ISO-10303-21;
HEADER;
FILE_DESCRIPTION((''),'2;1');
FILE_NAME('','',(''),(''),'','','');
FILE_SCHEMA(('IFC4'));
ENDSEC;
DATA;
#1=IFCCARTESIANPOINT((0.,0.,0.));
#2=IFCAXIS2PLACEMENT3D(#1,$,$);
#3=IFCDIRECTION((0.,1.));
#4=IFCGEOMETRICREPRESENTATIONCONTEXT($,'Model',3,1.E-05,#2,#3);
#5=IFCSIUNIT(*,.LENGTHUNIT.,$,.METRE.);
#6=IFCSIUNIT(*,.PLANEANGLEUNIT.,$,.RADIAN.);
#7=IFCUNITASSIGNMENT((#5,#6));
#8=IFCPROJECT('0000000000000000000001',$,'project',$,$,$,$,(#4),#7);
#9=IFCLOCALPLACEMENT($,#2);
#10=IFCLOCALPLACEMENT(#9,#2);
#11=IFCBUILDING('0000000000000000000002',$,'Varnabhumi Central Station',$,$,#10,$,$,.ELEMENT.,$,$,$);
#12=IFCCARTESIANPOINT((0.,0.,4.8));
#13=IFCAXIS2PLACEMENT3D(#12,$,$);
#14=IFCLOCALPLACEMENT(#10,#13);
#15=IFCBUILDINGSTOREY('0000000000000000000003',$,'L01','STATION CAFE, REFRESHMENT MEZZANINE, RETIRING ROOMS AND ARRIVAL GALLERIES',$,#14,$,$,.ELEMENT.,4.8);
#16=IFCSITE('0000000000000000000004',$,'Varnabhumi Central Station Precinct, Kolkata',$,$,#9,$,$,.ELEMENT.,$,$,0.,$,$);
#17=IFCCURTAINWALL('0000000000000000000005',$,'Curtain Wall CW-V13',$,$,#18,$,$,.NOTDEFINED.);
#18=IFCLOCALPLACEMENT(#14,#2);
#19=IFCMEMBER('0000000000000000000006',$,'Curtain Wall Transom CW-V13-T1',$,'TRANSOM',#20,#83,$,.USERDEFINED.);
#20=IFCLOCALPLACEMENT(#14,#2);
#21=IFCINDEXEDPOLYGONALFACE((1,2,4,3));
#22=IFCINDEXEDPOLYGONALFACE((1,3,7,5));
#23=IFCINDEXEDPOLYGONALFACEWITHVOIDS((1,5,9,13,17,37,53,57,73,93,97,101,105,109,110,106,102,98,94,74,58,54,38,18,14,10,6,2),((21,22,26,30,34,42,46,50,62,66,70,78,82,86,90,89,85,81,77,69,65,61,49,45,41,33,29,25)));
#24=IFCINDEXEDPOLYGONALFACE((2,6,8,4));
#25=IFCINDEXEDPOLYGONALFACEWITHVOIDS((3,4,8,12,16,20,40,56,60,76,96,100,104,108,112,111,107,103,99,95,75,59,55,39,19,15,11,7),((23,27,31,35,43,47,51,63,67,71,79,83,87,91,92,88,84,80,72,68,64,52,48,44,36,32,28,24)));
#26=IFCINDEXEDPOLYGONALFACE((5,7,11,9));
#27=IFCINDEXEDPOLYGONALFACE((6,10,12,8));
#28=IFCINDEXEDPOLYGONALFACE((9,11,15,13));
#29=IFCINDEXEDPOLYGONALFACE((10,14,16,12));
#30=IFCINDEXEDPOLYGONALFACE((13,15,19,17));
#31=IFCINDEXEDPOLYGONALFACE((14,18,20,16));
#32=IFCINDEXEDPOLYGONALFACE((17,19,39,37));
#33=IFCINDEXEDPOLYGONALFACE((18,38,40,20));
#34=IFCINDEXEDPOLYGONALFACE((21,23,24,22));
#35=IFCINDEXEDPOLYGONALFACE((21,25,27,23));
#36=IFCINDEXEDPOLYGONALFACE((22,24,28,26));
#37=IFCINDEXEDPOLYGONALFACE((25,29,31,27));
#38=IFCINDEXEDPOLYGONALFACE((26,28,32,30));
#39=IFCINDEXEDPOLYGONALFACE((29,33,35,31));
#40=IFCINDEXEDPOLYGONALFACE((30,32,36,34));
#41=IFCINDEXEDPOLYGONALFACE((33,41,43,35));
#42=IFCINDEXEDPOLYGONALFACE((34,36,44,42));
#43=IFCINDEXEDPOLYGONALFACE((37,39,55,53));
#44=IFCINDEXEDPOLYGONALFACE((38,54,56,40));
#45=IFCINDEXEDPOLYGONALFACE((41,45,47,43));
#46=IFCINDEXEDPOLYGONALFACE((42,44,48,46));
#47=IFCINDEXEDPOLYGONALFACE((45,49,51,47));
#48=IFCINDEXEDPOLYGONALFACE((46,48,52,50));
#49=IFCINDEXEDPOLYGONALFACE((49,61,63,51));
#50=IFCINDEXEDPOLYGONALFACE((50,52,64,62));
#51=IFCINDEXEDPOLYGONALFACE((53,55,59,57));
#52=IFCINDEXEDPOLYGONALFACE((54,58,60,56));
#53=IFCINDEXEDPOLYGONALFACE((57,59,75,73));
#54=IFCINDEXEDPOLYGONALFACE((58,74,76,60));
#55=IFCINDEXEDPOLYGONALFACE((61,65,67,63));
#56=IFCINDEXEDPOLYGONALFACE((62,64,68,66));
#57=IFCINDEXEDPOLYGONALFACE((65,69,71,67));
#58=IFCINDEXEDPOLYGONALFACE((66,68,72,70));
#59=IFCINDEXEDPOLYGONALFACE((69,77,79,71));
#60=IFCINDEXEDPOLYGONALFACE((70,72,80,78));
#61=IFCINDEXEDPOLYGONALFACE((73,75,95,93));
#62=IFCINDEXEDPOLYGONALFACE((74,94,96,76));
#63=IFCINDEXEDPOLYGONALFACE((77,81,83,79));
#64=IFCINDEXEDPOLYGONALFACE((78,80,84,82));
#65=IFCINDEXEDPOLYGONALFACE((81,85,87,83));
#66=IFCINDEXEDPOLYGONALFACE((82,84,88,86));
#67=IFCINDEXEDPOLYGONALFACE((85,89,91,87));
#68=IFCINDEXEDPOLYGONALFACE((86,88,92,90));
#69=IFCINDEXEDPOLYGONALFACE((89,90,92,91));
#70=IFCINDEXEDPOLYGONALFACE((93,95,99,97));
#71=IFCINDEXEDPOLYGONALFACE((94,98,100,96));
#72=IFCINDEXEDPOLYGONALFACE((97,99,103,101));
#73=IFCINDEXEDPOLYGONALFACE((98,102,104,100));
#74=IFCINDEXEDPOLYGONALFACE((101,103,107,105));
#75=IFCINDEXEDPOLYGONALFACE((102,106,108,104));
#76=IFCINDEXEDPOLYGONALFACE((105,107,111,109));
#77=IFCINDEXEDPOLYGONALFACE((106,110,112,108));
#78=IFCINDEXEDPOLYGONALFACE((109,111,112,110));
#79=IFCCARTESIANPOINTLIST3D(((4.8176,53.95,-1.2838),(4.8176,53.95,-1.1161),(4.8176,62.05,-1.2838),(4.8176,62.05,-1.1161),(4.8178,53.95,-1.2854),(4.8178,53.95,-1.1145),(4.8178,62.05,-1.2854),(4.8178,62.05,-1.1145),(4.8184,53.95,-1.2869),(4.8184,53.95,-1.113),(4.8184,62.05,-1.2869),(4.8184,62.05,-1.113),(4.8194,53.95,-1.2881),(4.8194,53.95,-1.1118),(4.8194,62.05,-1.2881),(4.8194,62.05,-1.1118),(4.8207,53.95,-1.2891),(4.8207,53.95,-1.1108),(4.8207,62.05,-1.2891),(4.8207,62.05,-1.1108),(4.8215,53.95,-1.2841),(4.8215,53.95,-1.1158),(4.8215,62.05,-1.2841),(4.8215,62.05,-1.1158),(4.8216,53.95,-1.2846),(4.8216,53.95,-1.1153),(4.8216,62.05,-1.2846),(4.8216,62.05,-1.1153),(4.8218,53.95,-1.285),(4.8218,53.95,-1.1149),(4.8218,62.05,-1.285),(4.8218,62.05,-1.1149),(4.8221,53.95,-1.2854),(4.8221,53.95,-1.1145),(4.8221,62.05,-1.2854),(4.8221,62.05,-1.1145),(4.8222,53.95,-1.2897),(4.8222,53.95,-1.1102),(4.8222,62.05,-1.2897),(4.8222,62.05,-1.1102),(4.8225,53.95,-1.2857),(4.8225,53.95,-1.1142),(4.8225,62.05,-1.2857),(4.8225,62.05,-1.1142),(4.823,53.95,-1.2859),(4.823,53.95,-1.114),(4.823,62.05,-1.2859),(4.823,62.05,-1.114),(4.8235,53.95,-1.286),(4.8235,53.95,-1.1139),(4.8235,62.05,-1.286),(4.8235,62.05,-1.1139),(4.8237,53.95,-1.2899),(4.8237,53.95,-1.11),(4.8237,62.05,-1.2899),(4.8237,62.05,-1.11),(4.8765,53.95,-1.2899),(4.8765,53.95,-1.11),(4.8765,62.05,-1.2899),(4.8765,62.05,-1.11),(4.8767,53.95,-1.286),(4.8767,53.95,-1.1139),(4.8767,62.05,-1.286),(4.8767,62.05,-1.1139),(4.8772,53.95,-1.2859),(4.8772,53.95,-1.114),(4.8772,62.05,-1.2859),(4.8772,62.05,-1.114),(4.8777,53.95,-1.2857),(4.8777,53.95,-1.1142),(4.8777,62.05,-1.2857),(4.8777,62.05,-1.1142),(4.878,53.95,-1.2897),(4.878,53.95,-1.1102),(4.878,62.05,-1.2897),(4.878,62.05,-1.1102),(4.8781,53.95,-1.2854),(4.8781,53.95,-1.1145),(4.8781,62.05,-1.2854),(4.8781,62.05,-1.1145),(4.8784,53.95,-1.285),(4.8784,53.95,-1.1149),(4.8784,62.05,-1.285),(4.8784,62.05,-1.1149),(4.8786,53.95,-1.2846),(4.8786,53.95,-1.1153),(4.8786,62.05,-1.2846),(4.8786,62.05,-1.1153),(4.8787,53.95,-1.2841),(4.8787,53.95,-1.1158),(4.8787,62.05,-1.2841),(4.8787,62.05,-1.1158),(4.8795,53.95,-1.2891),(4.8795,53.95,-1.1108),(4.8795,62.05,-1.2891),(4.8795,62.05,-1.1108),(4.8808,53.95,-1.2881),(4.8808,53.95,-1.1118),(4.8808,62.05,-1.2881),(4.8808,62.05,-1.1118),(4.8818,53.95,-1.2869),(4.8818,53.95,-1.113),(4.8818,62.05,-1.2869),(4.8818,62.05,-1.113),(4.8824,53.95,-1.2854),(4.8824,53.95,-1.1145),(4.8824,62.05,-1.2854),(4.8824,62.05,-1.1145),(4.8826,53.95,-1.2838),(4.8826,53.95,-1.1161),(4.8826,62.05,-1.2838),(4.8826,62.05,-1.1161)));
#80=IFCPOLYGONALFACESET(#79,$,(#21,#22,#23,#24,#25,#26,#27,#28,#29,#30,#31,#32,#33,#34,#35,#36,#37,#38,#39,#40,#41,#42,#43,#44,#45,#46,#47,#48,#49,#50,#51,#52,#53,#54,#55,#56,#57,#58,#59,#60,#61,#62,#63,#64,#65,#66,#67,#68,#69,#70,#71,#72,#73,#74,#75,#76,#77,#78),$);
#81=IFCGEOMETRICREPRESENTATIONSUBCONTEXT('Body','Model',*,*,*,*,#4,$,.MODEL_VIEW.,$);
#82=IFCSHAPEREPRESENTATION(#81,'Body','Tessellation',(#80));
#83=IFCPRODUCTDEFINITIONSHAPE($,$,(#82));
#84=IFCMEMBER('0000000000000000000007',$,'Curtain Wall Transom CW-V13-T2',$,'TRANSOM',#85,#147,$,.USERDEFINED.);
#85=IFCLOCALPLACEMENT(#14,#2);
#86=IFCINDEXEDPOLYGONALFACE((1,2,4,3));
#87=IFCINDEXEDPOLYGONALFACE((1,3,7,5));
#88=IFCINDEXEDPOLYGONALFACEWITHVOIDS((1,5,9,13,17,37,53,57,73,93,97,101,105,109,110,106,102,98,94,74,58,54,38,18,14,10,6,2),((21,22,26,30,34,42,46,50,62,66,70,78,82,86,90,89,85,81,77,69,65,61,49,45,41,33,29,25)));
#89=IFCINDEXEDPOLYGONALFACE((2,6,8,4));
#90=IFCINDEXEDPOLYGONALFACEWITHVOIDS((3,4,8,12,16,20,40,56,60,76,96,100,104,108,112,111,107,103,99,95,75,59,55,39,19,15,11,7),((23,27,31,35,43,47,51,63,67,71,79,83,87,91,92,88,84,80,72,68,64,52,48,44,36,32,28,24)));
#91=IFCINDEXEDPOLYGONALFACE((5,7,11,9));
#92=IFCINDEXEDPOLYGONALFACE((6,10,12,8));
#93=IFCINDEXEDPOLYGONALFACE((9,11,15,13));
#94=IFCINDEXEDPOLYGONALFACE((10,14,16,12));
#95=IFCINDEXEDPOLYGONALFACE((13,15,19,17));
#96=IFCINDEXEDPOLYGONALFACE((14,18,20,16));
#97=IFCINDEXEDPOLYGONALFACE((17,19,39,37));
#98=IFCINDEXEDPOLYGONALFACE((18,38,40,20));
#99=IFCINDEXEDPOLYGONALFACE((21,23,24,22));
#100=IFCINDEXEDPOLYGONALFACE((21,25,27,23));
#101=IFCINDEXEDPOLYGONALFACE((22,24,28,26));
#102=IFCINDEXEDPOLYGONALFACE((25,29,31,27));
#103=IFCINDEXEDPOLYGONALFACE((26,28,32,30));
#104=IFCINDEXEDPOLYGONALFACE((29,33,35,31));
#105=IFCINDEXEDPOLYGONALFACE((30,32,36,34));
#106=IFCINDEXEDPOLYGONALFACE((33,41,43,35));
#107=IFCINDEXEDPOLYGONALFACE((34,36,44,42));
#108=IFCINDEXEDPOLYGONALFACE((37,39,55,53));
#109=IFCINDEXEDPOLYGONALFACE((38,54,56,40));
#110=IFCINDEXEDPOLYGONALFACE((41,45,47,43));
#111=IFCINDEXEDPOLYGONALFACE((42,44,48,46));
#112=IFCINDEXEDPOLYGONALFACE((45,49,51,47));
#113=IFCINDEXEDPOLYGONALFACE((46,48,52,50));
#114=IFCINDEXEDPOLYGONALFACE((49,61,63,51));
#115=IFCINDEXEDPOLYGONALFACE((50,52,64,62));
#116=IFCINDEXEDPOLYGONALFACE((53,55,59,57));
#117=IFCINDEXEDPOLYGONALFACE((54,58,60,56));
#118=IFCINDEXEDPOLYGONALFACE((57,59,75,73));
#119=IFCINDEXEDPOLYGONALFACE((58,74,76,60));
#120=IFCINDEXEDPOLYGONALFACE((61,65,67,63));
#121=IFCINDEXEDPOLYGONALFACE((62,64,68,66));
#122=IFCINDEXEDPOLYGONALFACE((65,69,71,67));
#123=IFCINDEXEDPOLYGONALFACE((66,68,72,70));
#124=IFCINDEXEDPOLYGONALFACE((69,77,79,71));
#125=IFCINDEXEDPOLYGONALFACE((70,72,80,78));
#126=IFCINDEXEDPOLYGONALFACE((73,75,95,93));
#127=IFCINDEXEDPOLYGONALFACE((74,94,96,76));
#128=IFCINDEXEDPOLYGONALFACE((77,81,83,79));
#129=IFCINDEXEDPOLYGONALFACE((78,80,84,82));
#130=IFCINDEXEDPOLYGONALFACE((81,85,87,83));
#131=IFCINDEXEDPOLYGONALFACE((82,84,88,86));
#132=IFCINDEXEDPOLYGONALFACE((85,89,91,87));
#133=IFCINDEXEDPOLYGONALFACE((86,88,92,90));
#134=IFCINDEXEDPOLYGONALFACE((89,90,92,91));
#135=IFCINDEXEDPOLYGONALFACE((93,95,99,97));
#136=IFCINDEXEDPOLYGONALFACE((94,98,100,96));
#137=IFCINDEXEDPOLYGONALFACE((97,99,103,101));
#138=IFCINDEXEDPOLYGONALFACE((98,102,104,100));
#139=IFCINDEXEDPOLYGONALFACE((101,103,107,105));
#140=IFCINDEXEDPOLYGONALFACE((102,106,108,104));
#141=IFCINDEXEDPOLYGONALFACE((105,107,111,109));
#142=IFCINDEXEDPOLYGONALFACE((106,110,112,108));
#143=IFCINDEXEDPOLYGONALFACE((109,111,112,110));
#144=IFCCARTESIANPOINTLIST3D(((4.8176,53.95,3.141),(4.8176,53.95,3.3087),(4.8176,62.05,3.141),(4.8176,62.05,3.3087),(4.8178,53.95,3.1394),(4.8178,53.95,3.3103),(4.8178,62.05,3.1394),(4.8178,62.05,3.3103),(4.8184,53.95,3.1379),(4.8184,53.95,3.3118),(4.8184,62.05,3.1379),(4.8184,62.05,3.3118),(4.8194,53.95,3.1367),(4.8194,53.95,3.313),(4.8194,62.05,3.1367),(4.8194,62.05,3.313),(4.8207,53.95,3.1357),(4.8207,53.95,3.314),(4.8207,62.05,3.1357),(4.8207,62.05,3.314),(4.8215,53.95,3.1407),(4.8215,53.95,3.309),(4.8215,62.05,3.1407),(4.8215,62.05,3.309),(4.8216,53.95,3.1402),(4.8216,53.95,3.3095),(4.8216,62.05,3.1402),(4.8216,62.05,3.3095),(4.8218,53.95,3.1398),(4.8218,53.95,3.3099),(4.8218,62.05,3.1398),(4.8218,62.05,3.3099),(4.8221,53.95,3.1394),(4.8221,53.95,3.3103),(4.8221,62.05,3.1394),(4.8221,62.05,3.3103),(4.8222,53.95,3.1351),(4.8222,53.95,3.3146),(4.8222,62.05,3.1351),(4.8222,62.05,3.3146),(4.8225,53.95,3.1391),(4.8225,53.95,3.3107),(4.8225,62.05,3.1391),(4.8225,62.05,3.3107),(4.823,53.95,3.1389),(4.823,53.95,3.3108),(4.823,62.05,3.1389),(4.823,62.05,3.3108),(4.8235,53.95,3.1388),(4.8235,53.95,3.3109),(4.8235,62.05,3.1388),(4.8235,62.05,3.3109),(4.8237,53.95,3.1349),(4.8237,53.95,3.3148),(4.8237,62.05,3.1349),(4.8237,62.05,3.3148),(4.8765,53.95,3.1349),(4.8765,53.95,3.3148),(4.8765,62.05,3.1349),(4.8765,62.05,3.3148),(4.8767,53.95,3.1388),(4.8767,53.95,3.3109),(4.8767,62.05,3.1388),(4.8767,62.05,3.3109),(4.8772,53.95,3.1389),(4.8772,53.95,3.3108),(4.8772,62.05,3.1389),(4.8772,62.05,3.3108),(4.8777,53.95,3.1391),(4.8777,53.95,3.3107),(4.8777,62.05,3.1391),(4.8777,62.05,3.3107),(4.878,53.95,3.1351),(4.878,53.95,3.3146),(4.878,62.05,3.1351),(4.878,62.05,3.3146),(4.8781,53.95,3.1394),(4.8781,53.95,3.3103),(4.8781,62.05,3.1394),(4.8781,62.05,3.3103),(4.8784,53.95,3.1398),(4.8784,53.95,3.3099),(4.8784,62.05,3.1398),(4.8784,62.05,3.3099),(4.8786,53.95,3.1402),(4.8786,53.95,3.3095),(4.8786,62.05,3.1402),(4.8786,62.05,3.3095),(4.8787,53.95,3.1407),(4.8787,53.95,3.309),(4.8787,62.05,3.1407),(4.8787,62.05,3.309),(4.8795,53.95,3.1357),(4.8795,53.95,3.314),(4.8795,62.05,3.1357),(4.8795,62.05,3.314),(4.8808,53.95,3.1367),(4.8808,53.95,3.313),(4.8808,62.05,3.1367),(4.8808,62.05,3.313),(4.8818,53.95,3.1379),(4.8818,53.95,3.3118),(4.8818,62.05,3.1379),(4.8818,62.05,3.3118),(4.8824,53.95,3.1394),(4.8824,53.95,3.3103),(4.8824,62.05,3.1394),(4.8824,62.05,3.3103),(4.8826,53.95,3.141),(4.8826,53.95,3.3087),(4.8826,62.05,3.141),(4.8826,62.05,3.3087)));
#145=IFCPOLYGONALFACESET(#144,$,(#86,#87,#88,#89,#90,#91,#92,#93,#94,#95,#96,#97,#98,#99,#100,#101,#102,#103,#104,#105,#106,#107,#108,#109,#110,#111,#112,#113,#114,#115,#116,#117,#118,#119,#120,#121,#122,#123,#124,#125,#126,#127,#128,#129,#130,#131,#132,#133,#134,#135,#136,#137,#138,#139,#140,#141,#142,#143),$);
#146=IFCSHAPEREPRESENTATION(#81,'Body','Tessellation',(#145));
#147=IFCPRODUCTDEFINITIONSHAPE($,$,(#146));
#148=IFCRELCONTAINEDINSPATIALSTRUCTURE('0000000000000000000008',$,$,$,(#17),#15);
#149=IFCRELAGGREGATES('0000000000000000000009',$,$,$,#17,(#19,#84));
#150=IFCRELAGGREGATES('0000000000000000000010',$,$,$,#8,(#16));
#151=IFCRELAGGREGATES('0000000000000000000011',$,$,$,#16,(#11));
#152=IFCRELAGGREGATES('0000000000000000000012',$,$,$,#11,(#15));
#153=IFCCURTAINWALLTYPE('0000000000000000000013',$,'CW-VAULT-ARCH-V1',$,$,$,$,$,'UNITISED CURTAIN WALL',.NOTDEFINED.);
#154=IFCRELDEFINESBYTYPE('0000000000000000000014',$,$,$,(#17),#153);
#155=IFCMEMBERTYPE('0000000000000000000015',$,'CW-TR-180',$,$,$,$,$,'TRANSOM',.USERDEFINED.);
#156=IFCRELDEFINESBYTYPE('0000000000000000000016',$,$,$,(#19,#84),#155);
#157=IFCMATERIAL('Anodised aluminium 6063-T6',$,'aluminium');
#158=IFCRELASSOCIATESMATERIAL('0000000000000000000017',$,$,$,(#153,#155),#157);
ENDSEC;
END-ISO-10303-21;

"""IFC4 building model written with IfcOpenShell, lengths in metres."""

from ifc_helpers import new_model, si_unit, direction, frame, origin, origin_2d, place, context, subcontext, project, spatial, hollow_rectangle, extrude, material, material_profile, profile_set, type_object, element, aggregate, save


model = new_model("IFC4")

# Units and contexts
model_context = context("Model", 3, precision=1e-05, world=origin(), true_north=direction((0.0, 1.0)))
body_context = subcontext(model_context, "Body", "Model", "MODEL_VIEW")
ifc_project = project(units=[si_unit("LENGTHUNIT", "METRE"), si_unit("PLANEANGLEUNIT", "RADIAN")], contexts=[model_context])

# Site, building, storey
site_placement = place(None, origin())
site = spatial("IfcSite", under=ifc_project, at=site_placement, Name="Varnabhumi Central Station Precinct, Kolkata", CompositionType="ELEMENT", RefElevation=0.0)
building_placement = place(site_placement, origin())
building = spatial("IfcBuilding", under=site, at=building_placement, Name="Varnabhumi Central Station", CompositionType="ELEMENT")
storey_placement = place(building_placement, frame((0.0, 0.0, 4.8)))
storey = spatial("IfcBuildingStorey", under=building, at=storey_placement, Name="L01", Description="STATION CAFE, REFRESHMENT MEZZANINE, RETIRING ROOMS AND ARRIVAL GALLERIES", CompositionType="ELEMENT", Elevation=4.8)

# Shared definitions
ifc_material_1 = material(Name="Anodised aluminium 6063-T6", Category="aluminium")
curtain_wall_type = type_object("IfcCurtainWallType", Name="CW-VAULT-ARCH-V1", ElementType="UNITISED CURTAIN WALL", PredefinedType="NOTDEFINED", material=ifc_material_1)

# Curtain wall, members
curtain_wall_1_placement = place(storey_placement, origin())
curtain_wall_1 = element("IfcCurtainWall", 1, at=curtain_wall_1_placement, inside=storey, type_object=curtain_wall_type, Name="Curtain Wall CW-V13", PredefinedType="NOTDEFINED")
ifc_material_profile_1 = material_profile(ifc_material_1, hollow_rectangle(XDim=0.0649, YDim=0.1799, WallThickness=0.0039, InnerFilletRadius=0.002, OuterFilletRadius=0.0061, at=origin_2d()), Name="Anodised aluminium 6063-T6", Category="aluminium")
ifc_profile_set_1 = profile_set([ifc_material_profile_1], Name="Anodised aluminium 6063-T6")
member_type_1 = type_object("IfcMemberType", Name="CW-TR-180", ElementType="TRANSOM", PredefinedType="USERDEFINED", material=ifc_profile_set_1)
member_1_placement = place(storey_placement, frame((4.8501, 53.95, -1.2), z_axis=(0.0, 1.0, 0.0), x_axis=(-1.0, 0.0, 0.0)))
member_1 = element("IfcMember", 2, at=member_1_placement, type_object=member_type_1, Name="Curtain Wall Transom CW-V13-T1", ObjectType="TRANSOM", PredefinedType="USERDEFINED", context=body_context, shape_type="SweptSolid", body=[
    extrude(hollow_rectangle(XDim=0.0649, YDim=0.1799, WallThickness=0.0039, InnerFilletRadius=0.002, OuterFilletRadius=0.0061, at=origin_2d()), origin(), (0.0, 0.0, 1.0), 8.1001),
])
member_2_placement = place(storey_placement, frame((4.8501, 53.95, 3.2249), z_axis=(0.0, 1.0, 0.0), x_axis=(-1.0, 0.0, 0.0)))
member_2 = element("IfcMember", 3, at=member_2_placement, type_object=member_type_1, Name="Curtain Wall Transom CW-V13-T2", ObjectType="TRANSOM", PredefinedType="USERDEFINED", context=body_context, shape_type="SweptSolid", body=[
    extrude(hollow_rectangle(XDim=0.0649, YDim=0.1799, WallThickness=0.0039, InnerFilletRadius=0.002, OuterFilletRadius=0.0061, at=origin_2d()), origin(), (0.0, 0.0, 1.0), 8.1001),
])

aggregate(curtain_wall_1, [member_1, member_2])

save(model, "model.ifc")
